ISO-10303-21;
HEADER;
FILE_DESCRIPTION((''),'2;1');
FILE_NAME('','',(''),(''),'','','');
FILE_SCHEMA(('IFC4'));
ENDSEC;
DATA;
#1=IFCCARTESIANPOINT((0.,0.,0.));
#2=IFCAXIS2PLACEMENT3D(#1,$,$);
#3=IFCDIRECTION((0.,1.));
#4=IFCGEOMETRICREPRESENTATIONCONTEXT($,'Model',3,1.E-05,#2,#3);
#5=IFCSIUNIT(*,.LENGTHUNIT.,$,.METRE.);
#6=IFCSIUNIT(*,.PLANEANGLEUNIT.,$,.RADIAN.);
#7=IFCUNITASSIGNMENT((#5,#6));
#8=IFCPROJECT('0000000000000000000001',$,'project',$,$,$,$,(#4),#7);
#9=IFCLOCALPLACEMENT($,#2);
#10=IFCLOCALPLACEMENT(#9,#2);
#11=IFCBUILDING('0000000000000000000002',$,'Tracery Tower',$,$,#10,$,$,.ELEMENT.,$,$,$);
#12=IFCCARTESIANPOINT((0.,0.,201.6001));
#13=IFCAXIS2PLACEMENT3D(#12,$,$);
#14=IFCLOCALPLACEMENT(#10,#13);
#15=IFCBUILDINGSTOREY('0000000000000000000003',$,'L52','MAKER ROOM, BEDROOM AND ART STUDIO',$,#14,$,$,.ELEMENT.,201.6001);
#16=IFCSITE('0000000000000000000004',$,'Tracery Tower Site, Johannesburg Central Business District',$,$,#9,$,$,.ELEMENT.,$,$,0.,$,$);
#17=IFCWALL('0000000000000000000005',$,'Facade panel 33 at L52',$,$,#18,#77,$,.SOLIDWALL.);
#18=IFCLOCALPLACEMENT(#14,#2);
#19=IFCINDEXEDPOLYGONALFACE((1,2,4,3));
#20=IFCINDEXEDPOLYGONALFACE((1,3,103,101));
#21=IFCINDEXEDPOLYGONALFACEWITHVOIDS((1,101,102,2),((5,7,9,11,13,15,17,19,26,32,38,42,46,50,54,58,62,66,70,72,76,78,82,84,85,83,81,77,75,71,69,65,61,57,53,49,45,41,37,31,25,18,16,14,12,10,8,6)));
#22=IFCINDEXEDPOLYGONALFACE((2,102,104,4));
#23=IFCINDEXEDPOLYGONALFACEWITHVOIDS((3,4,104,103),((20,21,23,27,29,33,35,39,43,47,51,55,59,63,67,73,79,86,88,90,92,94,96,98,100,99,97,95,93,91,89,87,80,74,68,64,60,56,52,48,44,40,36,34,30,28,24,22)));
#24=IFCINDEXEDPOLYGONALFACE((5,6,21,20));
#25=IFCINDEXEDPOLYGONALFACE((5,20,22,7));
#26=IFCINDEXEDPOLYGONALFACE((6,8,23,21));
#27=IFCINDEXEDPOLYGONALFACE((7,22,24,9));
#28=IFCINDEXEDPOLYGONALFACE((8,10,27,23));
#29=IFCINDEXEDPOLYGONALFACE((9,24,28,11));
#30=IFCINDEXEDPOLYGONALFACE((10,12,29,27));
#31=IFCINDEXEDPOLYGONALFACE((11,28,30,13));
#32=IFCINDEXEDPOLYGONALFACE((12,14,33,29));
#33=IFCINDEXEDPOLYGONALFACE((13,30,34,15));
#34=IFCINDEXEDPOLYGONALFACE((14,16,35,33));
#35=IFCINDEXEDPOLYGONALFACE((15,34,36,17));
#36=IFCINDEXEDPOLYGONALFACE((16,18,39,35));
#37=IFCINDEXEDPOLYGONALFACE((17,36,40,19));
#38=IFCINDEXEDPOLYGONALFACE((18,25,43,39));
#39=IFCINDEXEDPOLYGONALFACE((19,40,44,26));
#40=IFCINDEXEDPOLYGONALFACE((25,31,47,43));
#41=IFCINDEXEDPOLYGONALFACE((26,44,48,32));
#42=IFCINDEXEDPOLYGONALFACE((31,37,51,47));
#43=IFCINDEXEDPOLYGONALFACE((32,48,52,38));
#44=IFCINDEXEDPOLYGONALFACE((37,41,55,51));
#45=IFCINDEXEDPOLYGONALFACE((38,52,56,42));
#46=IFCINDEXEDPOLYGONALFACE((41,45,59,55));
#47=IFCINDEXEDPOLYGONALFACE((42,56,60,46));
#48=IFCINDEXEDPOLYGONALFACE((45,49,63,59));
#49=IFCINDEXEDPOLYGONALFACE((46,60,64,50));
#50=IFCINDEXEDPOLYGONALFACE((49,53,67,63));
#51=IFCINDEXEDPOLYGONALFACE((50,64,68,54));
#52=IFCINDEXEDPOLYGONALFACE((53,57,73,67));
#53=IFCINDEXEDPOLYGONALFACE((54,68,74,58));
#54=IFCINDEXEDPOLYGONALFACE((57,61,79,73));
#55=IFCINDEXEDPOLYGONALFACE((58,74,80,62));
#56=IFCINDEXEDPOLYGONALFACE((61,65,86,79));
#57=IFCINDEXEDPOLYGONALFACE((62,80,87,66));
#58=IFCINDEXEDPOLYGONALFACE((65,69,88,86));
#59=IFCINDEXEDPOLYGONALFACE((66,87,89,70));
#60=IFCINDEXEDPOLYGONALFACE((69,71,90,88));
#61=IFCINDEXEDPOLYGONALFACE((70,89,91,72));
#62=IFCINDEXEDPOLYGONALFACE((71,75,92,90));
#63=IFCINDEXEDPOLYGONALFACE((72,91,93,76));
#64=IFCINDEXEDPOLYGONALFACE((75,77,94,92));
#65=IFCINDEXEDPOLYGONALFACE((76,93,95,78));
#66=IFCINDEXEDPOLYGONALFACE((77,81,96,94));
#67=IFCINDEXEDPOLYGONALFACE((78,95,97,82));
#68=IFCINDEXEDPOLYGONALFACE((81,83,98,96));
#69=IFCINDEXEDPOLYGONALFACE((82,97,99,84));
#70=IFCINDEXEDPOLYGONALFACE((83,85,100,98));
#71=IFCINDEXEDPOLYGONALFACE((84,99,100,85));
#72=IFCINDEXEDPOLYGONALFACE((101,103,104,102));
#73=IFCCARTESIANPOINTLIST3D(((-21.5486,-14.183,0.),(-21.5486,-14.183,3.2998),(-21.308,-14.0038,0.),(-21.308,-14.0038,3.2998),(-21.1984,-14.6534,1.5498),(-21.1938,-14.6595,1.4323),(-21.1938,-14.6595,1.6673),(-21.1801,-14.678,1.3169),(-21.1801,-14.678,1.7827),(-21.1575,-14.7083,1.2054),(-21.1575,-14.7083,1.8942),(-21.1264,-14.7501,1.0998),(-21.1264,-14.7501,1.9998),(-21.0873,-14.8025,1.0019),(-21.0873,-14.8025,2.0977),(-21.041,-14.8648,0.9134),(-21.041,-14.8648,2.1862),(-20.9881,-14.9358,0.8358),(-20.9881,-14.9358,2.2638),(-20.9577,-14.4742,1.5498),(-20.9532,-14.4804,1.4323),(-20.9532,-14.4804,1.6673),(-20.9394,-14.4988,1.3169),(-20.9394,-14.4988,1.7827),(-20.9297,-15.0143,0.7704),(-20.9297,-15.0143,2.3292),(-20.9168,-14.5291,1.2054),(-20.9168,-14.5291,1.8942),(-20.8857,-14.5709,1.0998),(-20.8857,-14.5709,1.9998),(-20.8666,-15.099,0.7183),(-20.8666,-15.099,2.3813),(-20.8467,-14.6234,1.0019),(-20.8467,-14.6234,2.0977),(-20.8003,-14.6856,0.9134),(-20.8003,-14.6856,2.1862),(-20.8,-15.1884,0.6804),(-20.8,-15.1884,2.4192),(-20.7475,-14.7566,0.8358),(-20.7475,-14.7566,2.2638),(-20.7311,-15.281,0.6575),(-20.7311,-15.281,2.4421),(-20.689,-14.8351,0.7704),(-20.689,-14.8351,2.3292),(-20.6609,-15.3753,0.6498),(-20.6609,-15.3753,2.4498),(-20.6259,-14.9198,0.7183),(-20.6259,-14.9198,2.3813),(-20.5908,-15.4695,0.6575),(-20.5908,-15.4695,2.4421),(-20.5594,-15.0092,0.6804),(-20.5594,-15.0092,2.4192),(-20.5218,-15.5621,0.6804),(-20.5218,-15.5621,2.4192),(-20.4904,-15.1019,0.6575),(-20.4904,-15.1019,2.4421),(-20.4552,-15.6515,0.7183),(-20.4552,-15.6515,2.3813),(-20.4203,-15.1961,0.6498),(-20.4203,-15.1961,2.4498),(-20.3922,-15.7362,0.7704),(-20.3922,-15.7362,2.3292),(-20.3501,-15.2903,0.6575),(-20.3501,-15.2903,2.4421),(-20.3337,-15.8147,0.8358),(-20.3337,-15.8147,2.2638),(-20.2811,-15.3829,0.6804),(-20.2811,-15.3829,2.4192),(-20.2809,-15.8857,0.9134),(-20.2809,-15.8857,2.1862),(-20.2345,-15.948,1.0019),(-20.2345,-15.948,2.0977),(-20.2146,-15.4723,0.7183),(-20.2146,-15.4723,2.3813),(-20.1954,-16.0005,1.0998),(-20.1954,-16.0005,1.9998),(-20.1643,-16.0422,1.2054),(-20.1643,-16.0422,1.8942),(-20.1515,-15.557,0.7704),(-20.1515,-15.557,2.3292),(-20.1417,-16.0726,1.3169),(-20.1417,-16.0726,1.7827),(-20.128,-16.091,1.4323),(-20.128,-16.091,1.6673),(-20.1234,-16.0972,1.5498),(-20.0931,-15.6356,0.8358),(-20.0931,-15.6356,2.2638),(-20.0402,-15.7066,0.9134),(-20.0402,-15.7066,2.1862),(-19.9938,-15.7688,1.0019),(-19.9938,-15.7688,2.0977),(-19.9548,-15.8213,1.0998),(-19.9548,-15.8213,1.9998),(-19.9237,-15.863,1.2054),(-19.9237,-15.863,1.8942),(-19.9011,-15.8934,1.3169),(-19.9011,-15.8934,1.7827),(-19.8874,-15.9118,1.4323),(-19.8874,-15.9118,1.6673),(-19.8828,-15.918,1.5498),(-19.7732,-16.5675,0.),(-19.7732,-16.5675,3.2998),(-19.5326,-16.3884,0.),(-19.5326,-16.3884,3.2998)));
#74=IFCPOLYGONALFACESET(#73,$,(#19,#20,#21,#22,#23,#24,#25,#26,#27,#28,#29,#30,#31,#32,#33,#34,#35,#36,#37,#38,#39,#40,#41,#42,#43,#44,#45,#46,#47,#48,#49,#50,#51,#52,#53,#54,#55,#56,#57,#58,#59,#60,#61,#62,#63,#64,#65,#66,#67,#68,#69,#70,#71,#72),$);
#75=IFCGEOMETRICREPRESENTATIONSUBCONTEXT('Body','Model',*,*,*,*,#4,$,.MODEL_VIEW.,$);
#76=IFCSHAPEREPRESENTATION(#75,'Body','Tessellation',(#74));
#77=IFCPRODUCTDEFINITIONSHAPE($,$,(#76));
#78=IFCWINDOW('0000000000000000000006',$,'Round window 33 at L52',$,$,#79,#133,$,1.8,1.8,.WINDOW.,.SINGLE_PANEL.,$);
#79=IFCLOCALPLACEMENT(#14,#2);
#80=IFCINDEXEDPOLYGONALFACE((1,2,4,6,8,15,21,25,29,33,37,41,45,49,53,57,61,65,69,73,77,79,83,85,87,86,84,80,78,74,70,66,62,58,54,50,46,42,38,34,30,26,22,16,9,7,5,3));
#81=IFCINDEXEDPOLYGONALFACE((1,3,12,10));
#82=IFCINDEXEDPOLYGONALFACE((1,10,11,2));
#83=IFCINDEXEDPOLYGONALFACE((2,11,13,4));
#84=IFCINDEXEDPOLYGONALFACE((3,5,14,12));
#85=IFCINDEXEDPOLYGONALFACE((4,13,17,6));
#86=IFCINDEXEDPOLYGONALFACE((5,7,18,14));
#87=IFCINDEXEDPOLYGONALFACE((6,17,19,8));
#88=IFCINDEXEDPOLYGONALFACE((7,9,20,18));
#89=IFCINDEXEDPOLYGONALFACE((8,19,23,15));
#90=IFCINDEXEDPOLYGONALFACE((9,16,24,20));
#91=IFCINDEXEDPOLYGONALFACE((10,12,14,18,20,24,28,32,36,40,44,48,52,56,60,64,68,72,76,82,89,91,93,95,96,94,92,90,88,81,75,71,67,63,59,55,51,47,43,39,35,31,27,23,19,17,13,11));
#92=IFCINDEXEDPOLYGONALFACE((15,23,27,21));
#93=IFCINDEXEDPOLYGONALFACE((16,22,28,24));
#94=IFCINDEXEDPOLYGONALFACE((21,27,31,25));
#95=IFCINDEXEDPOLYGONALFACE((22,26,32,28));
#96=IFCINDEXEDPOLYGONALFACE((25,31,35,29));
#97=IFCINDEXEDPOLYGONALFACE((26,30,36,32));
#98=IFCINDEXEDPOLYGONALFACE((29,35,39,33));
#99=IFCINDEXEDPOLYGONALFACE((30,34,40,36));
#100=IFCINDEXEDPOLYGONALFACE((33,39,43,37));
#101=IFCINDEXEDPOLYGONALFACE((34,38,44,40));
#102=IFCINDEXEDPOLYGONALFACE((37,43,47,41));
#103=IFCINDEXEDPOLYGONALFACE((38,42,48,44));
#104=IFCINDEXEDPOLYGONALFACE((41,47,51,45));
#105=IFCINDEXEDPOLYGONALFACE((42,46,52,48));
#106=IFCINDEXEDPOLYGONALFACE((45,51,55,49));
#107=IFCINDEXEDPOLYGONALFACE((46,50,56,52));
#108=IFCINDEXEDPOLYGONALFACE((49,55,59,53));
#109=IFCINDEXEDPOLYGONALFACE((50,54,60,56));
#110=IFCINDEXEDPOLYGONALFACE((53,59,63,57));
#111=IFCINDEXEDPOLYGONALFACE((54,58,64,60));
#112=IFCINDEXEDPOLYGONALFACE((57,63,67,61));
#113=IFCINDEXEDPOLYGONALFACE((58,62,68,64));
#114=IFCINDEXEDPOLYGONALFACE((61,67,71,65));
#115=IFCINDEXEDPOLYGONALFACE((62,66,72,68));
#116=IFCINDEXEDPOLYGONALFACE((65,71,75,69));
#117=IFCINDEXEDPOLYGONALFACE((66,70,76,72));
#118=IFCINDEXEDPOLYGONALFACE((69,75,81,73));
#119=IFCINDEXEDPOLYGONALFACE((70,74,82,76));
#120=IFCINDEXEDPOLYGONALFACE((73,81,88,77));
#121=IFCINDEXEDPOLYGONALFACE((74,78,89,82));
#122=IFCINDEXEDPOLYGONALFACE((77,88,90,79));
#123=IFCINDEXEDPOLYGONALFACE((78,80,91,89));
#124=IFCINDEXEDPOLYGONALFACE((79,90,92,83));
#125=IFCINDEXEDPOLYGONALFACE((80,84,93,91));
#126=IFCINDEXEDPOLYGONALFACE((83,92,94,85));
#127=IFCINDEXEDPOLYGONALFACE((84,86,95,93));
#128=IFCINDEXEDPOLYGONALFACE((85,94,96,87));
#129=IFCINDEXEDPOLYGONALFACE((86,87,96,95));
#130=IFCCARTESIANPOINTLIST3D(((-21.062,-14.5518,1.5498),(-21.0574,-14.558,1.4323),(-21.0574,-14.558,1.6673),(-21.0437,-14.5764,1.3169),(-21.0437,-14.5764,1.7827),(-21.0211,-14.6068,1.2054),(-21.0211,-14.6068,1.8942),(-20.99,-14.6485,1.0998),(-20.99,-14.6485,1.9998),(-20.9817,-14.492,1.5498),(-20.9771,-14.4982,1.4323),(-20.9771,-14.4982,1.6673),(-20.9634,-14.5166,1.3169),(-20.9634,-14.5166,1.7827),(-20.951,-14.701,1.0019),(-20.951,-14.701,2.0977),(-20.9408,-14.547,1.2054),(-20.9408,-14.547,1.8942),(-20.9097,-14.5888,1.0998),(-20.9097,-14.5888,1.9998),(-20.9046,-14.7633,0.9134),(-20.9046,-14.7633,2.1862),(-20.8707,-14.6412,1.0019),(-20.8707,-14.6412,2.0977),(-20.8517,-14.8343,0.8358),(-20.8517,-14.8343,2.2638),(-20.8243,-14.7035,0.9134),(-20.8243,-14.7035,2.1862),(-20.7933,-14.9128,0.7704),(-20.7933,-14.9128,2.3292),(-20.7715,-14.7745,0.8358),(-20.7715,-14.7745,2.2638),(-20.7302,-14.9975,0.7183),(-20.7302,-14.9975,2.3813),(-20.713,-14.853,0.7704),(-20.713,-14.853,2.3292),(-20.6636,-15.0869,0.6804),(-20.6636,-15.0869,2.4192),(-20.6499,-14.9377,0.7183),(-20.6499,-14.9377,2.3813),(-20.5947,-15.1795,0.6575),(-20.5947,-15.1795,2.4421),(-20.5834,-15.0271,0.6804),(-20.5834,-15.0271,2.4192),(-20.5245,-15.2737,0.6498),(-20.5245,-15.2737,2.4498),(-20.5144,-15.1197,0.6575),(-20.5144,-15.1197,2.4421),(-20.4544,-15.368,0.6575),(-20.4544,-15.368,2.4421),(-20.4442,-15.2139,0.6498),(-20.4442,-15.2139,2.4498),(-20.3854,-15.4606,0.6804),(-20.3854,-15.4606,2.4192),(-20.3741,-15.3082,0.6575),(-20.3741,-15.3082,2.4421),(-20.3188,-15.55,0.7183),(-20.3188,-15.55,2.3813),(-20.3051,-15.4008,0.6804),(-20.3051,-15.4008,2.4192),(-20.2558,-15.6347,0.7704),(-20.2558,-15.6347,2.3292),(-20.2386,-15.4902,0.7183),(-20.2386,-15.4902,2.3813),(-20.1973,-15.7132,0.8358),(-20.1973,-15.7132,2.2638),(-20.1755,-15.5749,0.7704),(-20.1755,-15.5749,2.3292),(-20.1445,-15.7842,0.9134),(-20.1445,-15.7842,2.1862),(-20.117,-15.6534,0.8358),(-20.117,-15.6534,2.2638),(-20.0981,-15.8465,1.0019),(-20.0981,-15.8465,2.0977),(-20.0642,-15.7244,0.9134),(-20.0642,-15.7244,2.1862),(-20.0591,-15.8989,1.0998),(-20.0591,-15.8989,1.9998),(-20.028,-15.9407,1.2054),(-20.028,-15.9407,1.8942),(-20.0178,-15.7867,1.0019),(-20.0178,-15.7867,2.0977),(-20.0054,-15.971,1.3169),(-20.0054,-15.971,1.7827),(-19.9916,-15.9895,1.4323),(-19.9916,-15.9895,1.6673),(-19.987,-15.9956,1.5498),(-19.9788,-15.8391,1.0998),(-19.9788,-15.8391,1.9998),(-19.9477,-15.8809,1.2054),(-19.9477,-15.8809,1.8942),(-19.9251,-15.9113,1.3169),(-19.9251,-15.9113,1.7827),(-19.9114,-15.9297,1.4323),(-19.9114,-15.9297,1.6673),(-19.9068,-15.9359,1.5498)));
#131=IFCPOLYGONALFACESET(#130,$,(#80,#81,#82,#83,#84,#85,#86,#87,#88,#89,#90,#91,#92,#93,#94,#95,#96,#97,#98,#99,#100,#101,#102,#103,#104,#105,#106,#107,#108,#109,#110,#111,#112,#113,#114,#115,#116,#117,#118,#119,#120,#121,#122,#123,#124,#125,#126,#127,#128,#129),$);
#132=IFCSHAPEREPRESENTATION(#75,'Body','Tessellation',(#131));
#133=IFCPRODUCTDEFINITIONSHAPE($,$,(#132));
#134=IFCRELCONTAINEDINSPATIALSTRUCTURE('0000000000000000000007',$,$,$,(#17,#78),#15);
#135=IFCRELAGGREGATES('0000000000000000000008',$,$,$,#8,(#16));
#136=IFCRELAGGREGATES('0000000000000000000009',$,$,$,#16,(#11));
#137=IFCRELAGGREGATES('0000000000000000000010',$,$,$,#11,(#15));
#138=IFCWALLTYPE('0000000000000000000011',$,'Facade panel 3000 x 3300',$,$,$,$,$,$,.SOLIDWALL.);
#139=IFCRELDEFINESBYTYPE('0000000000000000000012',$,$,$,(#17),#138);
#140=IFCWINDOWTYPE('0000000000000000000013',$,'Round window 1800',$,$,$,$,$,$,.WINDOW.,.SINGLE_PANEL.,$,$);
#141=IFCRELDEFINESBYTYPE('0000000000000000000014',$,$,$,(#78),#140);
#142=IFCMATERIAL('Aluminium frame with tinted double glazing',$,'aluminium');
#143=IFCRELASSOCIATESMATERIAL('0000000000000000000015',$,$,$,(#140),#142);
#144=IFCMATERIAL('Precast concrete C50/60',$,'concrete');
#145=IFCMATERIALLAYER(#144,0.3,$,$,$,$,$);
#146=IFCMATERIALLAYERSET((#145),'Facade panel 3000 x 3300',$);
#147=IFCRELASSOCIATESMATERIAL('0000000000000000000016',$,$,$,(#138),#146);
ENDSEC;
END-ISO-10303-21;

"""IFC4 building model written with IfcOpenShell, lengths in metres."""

from ifc_helpers import new_model, si_unit, direction, frame, frame_2d, origin, origin_2d, place, context, subcontext, project, spatial, rectangle, circle, extrude, material, layer, layer_set, type_object, element, fill, save


model = new_model("IFC4")

# Units and contexts
model_context = context("Model", 3, precision=1e-05, world=origin(), true_north=direction((0.0, 1.0)))
body_context = subcontext(model_context, "Body", "Model", "MODEL_VIEW")
ifc_project = project(units=[si_unit("LENGTHUNIT", "METRE"), si_unit("PLANEANGLEUNIT", "RADIAN")], contexts=[model_context])

# Site, building, storey
site_placement = place(None, origin())
site = spatial("IfcSite", under=ifc_project, at=site_placement, Name="Tracery Tower Site, Johannesburg Central Business District", CompositionType="ELEMENT", RefElevation=0.0)
building_placement = place(site_placement, origin())
building = spatial("IfcBuilding", under=site, at=building_placement, Name="Tracery Tower", CompositionType="ELEMENT")
storey_placement = place(building_placement, frame((0.0, 0.0, 201.6001)))
storey = spatial("IfcBuildingStorey", under=building, at=storey_placement, Name="L52", Description="MAKER ROOM, BEDROOM AND ART STUDIO", CompositionType="ELEMENT", Elevation=201.6001)

# Wall, opening, window
ifc_material_1 = material(Name="Aluminium frame with tinted double glazing", Category="aluminium")
window_type = type_object("IfcWindowType", Name="Round window 1800", PartitioningType="SINGLE_PANEL", PredefinedType="WINDOW", material=ifc_material_1)
ifc_material_2 = material(Name="Precast concrete C50/60", Category="concrete")
ifc_layer_1 = layer(ifc_material_2, 0.3)
ifc_layer_set_1 = layer_set([ifc_layer_1], Name="Facade panel 3000 x 3300")
wall_type_1 = type_object("IfcWallType", Name="Facade panel 3000 x 3300", PredefinedType="SOLIDWALL", material=ifc_layer_set_1)
wall_1_placement = place(storey_placement, frame((-21.4282, -14.0935, 0.0), z_axis=(0.0, 0.0, 1.0), x_axis=(0.597198, -0.802094, 0.0)))
wall_1 = element("IfcWall", 1, at=wall_1_placement, inside=storey, type_object=wall_type_1, Name="Facade panel 33 at L52", PredefinedType="SOLIDWALL", context=body_context, shape_type="SweptSolid", body=[
    extrude(rectangle(XDim=2.9729, YDim=0.3, at=frame_2d((1.4863, 0.0))), origin(), (0.0, 0.0, 1.0), 3.2998),
])
opening_1_placement = place(wall_1_placement, frame((1.4863, 0.0, 1.5498)))
opening_1 = element("IfcOpeningElement", 2, at=opening_1_placement, cuts=wall_1, PredefinedType="OPENING", context=body_context, shape_type="SweptSolid", body=[
    extrude(circle(Radius=0.9, at=origin_2d()), frame((0.0, 0.1599, 0.0), z_axis=(0.0, -1.0, 0.0), x_axis=(1.0, 0.0, 0.0)), (0.0, 0.0, 1.0), 0.3201),
])
window_1_placement = place(opening_1_placement, origin())
window_1 = element("IfcWindow", 3, at=window_1_placement, inside=storey, type_object=window_type, Name="Round window 33 at L52", OverallHeight=1.8, OverallWidth=1.8, PartitioningType="SINGLE_PANEL", PredefinedType="WINDOW", context=body_context, shape_type="SweptSolid", body=[
    extrude(circle(Radius=0.9, at=origin_2d()), frame((0.0, 0.1201, 0.0), z_axis=(0.0, -1.0, 0.0), x_axis=(1.0, 0.0, 0.0)), (0.0, 0.0, 1.0), 0.1001),
])
fill(opening_1, window_1)

save(model, "model.ifc")
